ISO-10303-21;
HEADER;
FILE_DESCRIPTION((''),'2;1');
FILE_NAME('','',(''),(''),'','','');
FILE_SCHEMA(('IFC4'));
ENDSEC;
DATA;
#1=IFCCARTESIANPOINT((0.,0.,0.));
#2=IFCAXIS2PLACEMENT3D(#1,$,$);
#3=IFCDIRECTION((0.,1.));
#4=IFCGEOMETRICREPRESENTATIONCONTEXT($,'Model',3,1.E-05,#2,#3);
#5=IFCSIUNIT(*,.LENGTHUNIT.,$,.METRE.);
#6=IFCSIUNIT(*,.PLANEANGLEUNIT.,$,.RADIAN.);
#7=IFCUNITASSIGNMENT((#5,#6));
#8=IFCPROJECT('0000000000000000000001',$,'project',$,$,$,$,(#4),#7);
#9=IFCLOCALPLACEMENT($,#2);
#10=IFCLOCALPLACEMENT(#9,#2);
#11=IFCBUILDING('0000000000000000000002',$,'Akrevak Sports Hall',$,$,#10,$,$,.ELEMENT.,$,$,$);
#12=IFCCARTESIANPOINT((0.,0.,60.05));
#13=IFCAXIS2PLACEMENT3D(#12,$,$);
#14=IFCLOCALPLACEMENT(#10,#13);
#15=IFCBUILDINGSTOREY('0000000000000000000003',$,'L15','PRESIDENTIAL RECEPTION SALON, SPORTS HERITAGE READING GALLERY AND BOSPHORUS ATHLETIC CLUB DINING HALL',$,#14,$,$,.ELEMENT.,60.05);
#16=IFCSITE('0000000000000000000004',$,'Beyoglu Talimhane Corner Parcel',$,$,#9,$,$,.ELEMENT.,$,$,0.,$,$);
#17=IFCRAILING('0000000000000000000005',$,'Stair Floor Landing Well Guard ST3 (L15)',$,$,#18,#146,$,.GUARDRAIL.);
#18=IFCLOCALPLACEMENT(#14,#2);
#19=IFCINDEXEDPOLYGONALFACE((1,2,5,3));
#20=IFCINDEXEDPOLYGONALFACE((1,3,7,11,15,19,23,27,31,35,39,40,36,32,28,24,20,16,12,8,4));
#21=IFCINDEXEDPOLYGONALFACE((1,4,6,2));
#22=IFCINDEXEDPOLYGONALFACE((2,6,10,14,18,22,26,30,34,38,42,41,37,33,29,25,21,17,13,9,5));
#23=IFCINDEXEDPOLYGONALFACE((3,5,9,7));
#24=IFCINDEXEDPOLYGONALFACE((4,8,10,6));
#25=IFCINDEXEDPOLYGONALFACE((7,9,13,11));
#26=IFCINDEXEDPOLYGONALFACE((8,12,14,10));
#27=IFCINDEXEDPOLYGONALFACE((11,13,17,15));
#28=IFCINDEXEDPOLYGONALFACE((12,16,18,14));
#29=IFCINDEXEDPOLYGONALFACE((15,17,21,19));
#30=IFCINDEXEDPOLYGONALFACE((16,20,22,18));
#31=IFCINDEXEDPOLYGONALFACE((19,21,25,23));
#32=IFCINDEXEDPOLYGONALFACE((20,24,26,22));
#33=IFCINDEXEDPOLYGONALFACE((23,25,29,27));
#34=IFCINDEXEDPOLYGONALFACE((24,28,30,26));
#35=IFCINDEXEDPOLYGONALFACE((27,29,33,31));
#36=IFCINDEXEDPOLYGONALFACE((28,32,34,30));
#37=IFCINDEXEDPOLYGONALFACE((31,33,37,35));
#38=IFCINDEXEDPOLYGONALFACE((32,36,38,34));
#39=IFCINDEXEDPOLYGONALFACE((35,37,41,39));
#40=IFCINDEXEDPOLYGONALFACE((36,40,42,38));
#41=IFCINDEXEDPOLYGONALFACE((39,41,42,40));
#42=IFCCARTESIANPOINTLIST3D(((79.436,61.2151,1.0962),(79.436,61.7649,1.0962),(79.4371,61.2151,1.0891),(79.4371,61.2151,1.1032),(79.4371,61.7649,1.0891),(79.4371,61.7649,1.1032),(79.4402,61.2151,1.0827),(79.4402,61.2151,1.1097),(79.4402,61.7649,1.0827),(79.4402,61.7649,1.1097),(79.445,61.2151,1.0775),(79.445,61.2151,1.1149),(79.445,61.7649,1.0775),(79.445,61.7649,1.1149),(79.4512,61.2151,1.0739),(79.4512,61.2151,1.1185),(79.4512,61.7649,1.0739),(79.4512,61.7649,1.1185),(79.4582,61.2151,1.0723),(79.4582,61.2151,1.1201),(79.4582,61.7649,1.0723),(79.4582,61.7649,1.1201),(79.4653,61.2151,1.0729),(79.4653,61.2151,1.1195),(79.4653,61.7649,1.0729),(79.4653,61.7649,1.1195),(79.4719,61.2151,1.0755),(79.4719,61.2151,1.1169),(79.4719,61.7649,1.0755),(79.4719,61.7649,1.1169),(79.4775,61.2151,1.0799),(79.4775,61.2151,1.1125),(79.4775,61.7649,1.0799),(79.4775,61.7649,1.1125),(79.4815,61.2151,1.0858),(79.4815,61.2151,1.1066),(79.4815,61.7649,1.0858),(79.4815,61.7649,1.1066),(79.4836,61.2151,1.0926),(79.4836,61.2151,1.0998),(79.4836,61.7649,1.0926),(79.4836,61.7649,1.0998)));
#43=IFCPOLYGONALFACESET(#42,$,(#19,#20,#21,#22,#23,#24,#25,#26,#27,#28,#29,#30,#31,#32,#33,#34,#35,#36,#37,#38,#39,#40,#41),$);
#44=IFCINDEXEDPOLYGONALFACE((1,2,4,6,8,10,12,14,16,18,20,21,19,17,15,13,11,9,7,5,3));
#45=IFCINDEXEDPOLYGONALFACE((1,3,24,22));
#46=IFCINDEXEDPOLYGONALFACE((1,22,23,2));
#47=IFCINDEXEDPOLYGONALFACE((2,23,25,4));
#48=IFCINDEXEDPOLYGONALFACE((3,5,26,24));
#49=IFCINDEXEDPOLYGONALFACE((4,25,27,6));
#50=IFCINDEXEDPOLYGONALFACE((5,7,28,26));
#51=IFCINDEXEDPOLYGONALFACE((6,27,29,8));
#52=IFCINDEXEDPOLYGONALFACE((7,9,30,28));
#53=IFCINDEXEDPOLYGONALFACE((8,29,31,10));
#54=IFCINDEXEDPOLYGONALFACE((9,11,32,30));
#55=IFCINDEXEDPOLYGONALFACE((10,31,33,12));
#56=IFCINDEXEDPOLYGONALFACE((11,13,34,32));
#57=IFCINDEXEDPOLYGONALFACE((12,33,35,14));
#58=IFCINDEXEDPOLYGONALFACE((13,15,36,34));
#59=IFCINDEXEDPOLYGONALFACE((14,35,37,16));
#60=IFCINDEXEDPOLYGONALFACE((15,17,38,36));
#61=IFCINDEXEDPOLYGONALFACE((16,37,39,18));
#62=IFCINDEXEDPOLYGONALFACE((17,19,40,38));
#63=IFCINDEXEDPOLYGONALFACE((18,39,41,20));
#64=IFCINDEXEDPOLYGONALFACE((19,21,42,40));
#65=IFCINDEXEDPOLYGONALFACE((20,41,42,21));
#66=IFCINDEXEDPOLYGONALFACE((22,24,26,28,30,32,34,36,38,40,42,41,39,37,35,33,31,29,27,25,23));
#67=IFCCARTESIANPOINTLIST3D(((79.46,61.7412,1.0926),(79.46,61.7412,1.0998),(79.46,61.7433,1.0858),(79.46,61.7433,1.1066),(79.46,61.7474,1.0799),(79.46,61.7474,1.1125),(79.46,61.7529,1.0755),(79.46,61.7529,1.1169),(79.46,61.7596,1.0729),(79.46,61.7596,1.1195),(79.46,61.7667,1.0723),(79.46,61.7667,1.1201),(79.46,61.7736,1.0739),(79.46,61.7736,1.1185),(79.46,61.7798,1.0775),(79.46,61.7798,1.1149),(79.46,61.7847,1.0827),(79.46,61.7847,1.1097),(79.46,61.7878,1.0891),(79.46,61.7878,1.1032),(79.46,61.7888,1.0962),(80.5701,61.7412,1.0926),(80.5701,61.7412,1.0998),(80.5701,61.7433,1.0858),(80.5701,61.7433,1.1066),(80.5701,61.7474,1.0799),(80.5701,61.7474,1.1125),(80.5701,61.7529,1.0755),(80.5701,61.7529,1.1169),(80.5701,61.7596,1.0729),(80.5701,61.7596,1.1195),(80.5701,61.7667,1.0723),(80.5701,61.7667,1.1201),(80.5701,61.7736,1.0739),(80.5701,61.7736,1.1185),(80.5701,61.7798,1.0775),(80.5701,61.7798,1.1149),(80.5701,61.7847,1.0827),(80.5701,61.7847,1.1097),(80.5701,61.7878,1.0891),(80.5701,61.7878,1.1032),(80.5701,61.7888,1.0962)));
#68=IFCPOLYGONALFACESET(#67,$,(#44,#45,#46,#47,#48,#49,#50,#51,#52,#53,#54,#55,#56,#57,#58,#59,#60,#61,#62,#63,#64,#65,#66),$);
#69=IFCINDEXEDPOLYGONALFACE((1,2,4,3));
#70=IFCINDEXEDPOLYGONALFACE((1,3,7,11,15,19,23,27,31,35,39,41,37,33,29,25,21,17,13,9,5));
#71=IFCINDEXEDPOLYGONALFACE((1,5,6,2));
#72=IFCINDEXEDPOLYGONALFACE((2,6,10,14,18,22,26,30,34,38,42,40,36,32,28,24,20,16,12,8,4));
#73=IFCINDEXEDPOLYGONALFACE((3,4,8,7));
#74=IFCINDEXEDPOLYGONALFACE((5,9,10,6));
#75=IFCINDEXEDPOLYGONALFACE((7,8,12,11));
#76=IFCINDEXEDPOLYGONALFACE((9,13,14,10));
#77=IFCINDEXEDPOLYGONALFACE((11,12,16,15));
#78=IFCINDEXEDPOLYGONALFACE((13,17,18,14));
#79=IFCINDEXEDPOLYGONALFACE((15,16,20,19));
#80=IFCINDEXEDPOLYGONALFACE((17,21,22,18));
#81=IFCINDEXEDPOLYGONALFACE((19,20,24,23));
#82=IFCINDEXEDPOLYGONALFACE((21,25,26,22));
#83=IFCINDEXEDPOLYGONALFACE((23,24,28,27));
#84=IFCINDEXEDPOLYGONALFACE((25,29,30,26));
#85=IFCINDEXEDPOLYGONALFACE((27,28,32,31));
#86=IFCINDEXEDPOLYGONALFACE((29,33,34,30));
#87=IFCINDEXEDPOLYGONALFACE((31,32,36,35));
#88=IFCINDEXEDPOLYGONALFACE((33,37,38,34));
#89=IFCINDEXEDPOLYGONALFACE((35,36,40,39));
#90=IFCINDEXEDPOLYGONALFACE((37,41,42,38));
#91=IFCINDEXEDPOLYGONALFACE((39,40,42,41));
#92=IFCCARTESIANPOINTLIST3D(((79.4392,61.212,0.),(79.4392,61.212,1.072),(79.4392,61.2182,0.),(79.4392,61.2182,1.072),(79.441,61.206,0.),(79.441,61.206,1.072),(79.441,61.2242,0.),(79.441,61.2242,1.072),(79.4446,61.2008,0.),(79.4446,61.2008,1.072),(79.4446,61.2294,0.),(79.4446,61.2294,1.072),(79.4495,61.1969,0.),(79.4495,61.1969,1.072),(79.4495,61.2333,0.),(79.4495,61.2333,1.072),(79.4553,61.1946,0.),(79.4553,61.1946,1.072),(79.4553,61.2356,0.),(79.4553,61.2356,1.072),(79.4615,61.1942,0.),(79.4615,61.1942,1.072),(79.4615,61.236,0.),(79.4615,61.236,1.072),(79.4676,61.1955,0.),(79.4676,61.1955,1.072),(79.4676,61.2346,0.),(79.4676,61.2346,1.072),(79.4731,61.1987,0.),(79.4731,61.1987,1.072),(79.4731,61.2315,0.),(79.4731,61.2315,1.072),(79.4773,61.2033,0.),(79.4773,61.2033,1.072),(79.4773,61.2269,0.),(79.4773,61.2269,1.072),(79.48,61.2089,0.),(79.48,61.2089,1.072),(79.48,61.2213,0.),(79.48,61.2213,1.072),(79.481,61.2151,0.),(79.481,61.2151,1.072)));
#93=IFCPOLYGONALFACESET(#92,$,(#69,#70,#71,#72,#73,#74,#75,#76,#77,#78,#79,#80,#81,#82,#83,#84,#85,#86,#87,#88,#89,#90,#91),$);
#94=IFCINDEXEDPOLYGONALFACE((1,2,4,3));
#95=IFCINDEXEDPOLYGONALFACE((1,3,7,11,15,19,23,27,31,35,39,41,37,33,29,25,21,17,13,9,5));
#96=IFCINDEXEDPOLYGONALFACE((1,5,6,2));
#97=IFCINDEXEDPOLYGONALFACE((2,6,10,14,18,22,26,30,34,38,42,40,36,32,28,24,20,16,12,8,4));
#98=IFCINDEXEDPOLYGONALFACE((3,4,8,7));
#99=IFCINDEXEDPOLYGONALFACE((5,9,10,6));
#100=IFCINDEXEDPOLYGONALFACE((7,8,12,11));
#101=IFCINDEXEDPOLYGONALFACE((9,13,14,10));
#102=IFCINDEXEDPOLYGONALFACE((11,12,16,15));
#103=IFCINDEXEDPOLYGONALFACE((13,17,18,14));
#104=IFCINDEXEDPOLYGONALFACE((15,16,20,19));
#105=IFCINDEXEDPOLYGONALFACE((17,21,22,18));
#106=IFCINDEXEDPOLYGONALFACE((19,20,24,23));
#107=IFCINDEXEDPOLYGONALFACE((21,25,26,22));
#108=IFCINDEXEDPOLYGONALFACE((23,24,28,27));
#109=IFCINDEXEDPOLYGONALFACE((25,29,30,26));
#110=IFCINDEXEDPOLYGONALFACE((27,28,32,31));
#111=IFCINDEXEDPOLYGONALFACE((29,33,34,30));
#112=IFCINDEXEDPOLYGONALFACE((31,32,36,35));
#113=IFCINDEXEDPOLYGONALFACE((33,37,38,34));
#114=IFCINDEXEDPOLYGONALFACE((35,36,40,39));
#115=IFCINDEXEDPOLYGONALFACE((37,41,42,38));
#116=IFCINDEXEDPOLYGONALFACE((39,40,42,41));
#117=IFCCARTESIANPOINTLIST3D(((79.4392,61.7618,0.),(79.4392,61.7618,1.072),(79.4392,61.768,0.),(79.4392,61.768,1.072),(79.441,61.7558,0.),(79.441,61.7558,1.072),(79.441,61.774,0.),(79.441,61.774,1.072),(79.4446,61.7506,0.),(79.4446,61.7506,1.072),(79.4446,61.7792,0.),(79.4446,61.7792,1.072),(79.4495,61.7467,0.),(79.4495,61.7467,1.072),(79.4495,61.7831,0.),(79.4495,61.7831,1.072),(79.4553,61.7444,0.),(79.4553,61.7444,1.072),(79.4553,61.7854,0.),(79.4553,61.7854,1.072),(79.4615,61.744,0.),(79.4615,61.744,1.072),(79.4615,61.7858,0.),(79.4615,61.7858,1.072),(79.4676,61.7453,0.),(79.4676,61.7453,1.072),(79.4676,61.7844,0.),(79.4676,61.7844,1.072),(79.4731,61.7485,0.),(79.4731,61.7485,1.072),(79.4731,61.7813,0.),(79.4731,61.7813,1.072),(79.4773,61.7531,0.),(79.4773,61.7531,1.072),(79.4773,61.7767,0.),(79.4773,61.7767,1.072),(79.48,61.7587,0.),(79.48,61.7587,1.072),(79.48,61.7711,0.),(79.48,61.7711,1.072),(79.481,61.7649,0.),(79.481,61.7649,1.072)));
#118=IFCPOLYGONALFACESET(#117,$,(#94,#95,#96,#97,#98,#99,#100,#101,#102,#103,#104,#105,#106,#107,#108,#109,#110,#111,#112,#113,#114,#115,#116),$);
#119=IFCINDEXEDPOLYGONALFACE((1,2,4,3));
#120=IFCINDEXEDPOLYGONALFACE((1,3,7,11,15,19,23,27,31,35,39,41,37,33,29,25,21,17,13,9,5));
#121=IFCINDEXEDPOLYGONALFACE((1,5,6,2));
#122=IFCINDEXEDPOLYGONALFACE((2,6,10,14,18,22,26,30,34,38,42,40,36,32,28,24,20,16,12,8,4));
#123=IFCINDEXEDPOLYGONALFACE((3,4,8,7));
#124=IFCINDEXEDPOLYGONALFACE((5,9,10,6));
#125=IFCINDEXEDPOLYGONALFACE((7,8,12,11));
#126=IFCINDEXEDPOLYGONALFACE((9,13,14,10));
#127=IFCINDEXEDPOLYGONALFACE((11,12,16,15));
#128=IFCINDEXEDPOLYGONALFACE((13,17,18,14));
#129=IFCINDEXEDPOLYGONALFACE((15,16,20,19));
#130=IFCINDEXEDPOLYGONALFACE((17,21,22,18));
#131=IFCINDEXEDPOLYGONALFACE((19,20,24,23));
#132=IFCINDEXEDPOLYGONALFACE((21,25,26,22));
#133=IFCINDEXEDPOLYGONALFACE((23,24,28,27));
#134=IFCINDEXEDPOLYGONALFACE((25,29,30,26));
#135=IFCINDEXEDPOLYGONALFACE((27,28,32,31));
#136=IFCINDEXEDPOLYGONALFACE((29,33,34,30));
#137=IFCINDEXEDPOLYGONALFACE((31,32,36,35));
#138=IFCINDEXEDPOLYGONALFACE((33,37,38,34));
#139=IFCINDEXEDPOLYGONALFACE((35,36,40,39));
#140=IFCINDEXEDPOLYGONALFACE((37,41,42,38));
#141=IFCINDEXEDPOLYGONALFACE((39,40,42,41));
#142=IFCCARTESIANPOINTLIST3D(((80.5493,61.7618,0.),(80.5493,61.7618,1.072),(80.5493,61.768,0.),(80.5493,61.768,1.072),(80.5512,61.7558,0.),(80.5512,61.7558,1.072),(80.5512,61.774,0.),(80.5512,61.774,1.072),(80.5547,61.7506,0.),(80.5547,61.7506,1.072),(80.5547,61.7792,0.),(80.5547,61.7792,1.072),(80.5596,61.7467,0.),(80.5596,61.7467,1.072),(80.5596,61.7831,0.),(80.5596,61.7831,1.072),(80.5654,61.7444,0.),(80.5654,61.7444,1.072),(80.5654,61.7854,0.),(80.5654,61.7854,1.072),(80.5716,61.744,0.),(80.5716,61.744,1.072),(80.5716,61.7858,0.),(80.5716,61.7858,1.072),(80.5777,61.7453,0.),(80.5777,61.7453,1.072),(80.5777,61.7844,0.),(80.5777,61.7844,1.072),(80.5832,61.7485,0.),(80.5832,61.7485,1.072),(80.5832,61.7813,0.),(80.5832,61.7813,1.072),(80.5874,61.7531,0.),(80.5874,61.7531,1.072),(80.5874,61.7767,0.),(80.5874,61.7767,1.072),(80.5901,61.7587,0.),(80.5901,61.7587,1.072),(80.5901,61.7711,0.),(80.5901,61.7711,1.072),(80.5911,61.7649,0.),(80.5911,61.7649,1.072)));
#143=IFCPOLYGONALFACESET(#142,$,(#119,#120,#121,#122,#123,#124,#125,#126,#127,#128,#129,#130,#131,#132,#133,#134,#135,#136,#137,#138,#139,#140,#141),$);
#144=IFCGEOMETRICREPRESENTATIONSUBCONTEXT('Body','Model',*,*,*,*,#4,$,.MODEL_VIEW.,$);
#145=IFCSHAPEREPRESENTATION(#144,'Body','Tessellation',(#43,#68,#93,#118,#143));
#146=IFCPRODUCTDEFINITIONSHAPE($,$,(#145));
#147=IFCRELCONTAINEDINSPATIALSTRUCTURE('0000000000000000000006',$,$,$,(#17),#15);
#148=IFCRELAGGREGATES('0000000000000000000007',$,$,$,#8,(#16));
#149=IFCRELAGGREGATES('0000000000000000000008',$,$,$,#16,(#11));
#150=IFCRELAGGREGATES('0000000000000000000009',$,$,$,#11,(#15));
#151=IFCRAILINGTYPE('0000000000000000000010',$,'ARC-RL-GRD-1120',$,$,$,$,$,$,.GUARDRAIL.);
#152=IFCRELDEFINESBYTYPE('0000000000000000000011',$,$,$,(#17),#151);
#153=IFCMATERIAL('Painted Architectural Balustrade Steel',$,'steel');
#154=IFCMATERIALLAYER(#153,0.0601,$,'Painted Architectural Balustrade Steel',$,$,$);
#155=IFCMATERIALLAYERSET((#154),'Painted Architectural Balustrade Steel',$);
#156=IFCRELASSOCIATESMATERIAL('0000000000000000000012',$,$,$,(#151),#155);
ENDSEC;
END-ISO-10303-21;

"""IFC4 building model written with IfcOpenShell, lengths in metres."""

from ifc_helpers import new_model, si_unit, direction, frame, origin, origin_2d, place, context, subcontext, project, spatial, circle, extrude, material, layer, layer_set, type_object, element, save


model = new_model("IFC4")

# Units and contexts
model_context = context("Model", 3, precision=1e-05, world=origin(), true_north=direction((0.0, 1.0)))
body_context = subcontext(model_context, "Body", "Model", "MODEL_VIEW")
ifc_project = project(units=[si_unit("LENGTHUNIT", "METRE"), si_unit("PLANEANGLEUNIT", "RADIAN")], contexts=[model_context])

# Site, building, storey
site_placement = place(None, origin())
site = spatial("IfcSite", under=ifc_project, at=site_placement, Name="Beyoglu Talimhane Corner Parcel", CompositionType="ELEMENT", RefElevation=0.0)
building_placement = place(site_placement, origin())
building = spatial("IfcBuilding", under=site, at=building_placement, Name="Akrevak Sports Hall", CompositionType="ELEMENT")
storey_placement = place(building_placement, frame((0.0, 0.0, 60.05)))
storey = spatial("IfcBuildingStorey", under=building, at=storey_placement, Name="L15", Description="PRESIDENTIAL RECEPTION SALON, SPORTS HERITAGE READING GALLERY AND BOSPHORUS ATHLETIC CLUB DINING HALL", CompositionType="ELEMENT", Elevation=60.05)

# Railing
ifc_material_1 = material(Name="Painted Architectural Balustrade Steel", Category="steel")
ifc_layer_1 = layer(ifc_material_1, 0.0601, Name="Painted Architectural Balustrade Steel")
ifc_layer_set_1 = layer_set([ifc_layer_1], Name="Painted Architectural Balustrade Steel")
railing_type_1 = type_object("IfcRailingType", Name="ARC-RL-GRD-1120", PredefinedType="GUARDRAIL", material=ifc_layer_set_1)
railing_1_placement = place(storey_placement, frame((79.46, 61.2151, 0.0)))
element("IfcRailing", 1, at=railing_1_placement, inside=storey, type_object=railing_type_1, Name="Stair Floor Landing Well Guard ST3 (L15)", PredefinedType="GUARDRAIL", context=body_context, shape_type="SweptSolid", body=[
    extrude(circle(Radius=0.0239, at=origin_2d()), frame((0.0, 0.0, 1.0962), z_axis=(0.0, 1.0, 0.0), x_axis=(-1.0, 0.0, 0.0)), (0.0, 0.0, 1.0), 0.5498),
    extrude(circle(Radius=0.0239, at=origin_2d()), frame((0.0, 0.5498, 1.0962), z_axis=(1.0, 0.0, 0.0), x_axis=(0.0, 1.0, 0.0)), (0.0, 0.0, 1.0), 1.1101),
    extrude(circle(Radius=0.021, at=origin_2d()), origin(), (0.0, 0.0, 1.0), 1.072),
    extrude(circle(Radius=0.021, at=origin_2d()), frame((0.0, 0.5498, 0.0)), (0.0, 0.0, 1.0), 1.072),
    extrude(circle(Radius=0.021, at=origin_2d()), frame((1.1101, 0.5498, 0.0)), (0.0, 0.0, 1.0), 1.072),
])

save(model, "model.ifc")
